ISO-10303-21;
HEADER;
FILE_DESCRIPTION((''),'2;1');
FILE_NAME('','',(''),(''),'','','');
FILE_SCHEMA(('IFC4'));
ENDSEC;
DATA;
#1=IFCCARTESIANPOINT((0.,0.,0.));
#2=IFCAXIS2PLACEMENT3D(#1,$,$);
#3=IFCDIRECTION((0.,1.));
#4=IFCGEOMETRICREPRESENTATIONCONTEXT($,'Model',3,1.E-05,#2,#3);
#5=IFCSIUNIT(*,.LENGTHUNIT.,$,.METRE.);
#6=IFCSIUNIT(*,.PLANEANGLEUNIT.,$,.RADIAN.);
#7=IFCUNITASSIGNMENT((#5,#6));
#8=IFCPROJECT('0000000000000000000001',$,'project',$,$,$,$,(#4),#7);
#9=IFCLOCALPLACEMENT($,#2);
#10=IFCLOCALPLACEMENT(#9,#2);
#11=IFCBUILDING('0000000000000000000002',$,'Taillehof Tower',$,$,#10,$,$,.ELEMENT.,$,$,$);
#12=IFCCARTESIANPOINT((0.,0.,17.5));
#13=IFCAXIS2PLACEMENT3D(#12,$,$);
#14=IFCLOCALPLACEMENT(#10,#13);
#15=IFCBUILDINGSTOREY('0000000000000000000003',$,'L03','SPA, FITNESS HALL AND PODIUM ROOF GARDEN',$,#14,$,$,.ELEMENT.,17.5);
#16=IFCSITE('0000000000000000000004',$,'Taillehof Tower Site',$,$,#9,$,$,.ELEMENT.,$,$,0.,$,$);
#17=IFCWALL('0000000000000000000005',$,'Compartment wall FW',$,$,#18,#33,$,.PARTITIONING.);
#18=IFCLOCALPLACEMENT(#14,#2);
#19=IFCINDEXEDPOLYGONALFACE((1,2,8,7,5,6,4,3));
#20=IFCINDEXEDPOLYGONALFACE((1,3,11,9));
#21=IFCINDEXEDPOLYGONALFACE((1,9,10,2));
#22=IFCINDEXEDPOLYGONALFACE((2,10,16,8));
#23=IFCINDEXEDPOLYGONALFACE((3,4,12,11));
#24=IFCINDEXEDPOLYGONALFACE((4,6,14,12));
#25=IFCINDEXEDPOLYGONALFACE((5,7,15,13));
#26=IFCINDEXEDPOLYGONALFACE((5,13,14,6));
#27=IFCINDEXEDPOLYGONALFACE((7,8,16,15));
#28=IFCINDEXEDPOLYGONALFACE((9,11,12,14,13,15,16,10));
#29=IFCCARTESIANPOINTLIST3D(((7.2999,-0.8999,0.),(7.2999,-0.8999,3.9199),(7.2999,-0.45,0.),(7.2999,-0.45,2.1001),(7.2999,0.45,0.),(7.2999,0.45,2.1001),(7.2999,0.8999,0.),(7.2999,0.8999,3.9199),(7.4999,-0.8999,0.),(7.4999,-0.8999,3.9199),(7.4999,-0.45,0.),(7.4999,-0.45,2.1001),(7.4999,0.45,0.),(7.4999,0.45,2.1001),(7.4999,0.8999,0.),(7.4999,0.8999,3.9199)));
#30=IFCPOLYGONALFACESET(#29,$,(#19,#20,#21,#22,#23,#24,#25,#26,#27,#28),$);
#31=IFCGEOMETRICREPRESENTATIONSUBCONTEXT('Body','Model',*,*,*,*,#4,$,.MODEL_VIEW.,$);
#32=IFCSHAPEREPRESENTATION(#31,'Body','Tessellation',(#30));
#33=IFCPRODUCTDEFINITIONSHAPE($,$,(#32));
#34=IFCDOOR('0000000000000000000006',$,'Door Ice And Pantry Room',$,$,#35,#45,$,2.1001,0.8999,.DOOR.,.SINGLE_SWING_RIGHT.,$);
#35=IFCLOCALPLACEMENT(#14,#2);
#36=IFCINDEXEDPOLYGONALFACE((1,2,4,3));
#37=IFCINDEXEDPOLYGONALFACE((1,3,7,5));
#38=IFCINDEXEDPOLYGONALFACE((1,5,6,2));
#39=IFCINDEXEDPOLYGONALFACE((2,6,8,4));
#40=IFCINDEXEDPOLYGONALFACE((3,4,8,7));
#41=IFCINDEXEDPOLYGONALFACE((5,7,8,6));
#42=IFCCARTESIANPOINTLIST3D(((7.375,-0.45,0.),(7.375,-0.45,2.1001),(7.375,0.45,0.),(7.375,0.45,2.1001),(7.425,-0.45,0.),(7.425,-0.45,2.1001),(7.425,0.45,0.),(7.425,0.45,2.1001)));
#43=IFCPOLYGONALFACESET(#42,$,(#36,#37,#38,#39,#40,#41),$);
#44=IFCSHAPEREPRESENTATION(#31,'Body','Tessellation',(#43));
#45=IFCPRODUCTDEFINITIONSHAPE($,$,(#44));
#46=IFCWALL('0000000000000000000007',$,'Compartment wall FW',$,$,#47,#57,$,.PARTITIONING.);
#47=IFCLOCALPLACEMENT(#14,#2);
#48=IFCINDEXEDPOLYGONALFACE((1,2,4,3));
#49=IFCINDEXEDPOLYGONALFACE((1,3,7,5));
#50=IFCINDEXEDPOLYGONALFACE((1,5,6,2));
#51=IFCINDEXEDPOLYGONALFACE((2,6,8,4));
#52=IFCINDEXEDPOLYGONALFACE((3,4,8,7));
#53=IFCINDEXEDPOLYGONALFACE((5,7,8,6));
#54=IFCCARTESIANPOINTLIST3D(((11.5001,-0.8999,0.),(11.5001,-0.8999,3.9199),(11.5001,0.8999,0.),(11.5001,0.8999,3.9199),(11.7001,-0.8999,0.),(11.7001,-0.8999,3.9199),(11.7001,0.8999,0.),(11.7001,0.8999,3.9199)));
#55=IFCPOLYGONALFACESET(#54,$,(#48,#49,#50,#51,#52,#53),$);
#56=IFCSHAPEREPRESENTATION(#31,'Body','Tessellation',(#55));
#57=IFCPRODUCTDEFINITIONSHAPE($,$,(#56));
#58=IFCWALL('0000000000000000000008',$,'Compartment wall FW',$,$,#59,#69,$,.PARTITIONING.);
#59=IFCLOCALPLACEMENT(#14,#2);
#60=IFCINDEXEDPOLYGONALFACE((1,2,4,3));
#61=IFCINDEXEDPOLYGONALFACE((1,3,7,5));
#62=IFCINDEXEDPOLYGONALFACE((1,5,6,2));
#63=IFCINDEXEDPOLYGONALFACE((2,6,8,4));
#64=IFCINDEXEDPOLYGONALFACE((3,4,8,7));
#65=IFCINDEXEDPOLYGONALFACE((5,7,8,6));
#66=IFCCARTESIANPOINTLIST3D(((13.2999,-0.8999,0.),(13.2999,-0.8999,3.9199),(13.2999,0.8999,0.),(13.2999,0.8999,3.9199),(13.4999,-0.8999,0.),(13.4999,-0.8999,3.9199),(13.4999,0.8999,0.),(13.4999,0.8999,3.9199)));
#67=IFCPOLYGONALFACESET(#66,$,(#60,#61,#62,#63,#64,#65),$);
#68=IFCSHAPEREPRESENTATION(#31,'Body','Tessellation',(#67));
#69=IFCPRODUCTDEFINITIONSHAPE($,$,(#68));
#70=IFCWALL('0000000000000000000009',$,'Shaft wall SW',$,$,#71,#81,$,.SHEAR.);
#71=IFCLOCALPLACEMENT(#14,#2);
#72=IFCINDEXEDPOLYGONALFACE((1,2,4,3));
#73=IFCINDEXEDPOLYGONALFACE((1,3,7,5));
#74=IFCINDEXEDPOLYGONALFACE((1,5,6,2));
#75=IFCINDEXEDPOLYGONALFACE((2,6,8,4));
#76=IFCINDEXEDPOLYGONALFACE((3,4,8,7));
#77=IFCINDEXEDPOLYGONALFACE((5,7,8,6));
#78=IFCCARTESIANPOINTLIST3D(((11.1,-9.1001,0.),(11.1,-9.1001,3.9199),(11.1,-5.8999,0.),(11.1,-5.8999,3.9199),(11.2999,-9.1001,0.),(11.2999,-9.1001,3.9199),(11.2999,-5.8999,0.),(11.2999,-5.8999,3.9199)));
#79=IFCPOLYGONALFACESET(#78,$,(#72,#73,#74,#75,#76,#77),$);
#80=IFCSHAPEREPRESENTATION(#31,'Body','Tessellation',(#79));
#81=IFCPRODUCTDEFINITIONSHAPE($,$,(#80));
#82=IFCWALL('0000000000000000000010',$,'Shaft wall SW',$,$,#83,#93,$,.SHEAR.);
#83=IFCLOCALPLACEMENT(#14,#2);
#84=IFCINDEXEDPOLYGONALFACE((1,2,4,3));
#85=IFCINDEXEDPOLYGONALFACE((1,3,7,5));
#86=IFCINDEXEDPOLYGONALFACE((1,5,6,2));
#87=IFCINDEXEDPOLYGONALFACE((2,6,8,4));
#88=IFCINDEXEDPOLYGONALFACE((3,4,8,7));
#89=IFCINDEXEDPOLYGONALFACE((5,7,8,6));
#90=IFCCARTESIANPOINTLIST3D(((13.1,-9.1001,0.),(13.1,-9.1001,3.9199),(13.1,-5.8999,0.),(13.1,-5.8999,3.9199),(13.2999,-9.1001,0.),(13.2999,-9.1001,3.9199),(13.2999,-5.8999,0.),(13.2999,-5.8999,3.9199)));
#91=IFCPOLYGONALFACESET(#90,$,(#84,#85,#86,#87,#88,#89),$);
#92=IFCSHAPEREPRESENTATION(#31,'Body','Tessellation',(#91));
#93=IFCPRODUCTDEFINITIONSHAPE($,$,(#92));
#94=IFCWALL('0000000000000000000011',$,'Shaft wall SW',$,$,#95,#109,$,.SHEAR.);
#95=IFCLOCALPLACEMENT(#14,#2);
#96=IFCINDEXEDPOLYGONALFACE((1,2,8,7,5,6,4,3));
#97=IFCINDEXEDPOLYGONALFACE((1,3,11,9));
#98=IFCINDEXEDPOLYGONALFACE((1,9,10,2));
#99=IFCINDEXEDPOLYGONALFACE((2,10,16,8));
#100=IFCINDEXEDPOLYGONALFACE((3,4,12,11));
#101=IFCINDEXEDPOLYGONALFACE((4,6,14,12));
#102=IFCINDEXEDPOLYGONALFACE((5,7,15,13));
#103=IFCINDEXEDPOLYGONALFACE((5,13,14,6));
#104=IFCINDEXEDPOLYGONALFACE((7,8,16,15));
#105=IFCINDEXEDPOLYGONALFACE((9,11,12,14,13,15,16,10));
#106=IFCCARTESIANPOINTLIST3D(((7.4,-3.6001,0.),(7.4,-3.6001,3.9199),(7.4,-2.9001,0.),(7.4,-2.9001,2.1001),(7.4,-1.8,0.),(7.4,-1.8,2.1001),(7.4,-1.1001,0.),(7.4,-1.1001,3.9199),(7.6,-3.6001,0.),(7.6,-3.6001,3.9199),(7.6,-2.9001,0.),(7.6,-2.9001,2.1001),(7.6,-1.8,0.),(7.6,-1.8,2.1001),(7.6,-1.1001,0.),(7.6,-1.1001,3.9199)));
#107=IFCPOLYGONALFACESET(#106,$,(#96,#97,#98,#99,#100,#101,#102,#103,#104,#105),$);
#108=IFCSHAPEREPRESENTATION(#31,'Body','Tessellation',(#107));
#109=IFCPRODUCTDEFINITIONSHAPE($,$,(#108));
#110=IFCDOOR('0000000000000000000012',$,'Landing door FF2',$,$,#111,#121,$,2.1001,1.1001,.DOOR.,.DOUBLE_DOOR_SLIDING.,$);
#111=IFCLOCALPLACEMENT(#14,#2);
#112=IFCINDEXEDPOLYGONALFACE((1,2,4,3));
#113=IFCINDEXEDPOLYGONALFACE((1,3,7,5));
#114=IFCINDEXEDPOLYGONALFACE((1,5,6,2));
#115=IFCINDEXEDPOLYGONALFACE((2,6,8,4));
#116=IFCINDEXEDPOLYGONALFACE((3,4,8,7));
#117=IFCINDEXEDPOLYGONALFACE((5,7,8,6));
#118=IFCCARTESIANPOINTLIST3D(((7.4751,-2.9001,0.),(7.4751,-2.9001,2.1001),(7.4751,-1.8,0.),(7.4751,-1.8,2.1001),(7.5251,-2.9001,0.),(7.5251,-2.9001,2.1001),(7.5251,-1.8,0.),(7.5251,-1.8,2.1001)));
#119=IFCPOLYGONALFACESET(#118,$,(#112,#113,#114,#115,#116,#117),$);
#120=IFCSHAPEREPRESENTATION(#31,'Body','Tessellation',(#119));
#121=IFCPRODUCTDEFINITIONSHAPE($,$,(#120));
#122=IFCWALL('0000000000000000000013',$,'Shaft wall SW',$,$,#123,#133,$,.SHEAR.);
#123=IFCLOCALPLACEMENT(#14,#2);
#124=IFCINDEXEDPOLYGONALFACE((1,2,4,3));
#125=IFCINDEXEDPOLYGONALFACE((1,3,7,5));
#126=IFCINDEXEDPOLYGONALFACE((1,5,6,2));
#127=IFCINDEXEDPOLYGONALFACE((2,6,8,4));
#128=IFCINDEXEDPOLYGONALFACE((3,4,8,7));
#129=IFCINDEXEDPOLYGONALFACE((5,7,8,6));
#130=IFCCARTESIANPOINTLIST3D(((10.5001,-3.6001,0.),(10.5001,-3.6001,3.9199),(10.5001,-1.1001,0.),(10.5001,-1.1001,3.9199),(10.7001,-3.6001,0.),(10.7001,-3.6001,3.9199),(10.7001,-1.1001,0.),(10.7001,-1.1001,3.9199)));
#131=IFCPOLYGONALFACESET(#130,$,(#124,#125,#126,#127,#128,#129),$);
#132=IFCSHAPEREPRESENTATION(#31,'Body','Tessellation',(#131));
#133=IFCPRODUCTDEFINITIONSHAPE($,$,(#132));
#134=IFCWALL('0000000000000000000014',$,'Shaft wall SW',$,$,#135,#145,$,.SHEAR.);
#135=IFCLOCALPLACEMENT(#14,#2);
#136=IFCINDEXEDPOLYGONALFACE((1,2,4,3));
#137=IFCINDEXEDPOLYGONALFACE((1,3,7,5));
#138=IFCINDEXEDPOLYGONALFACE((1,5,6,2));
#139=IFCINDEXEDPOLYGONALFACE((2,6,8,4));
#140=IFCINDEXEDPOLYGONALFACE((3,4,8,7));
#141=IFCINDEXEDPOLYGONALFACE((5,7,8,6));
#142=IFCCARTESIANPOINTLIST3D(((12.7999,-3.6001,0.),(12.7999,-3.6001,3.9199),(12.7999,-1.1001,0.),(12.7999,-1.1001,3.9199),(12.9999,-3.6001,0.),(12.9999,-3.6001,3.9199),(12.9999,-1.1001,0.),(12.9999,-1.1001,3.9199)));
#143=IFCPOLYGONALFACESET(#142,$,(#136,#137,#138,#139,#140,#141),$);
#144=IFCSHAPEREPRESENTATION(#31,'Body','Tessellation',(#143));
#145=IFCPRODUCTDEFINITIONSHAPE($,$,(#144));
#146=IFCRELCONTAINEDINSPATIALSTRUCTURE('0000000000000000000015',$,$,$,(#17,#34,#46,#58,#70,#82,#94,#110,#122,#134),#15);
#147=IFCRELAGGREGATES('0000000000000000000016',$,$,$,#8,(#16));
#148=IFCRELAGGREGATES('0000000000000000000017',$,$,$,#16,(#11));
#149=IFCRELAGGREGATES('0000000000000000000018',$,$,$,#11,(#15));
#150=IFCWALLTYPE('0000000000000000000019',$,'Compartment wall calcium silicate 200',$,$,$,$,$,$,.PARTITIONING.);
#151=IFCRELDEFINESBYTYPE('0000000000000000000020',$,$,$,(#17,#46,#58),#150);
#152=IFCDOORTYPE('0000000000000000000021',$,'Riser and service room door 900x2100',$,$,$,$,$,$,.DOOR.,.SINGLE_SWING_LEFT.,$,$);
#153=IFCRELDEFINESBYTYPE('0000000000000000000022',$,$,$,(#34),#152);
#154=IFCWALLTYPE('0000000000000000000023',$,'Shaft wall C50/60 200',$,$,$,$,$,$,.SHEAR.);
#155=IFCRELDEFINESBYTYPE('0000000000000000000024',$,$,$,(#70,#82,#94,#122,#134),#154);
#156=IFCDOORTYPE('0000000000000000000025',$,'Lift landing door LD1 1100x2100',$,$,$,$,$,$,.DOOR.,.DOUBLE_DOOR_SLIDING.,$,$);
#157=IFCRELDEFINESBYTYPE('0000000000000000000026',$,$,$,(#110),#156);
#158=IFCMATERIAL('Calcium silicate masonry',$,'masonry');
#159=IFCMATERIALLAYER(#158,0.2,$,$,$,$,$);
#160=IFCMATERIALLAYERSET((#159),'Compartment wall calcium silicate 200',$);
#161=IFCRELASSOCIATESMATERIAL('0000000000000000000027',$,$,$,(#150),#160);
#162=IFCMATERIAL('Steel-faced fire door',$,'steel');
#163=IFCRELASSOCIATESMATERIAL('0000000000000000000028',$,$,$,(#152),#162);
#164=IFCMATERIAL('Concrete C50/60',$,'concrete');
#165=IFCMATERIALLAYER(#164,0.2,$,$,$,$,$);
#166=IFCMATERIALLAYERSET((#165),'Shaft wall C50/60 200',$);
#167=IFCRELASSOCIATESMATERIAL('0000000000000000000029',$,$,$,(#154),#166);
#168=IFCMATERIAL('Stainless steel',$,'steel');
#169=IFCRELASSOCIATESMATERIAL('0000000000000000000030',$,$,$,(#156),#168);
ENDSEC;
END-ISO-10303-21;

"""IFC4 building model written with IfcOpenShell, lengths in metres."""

from ifc_helpers import new_model, si_unit, direction, frame, frame_2d, origin, place, context, subcontext, project, spatial, rectangle, extrude, material, layer, layer_set, type_object, element, fill, save


model = new_model("IFC4")

# Units and contexts
model_context = context("Model", 3, precision=1e-05, world=origin(), true_north=direction((0.0, 1.0)))
body_context = subcontext(model_context, "Body", "Model", "MODEL_VIEW")
ifc_project = project(units=[si_unit("LENGTHUNIT", "METRE"), si_unit("PLANEANGLEUNIT", "RADIAN")], contexts=[model_context])

# Site, building, storey
site_placement = place(None, origin())
site = spatial("IfcSite", under=ifc_project, at=site_placement, Name="Taillehof Tower Site", CompositionType="ELEMENT", RefElevation=0.0)
building_placement = place(site_placement, origin())
building = spatial("IfcBuilding", under=site, at=building_placement, Name="Taillehof Tower", CompositionType="ELEMENT")
storey_placement = place(building_placement, frame((0.0, 0.0, 17.5)))
storey = spatial("IfcBuildingStorey", under=building, at=storey_placement, Name="L03", Description="SPA, FITNESS HALL AND PODIUM ROOF GARDEN", CompositionType="ELEMENT", Elevation=17.5)

# Wall, opening, door
ifc_material_1 = material(Name="Calcium silicate masonry", Category="masonry")
ifc_layer_1 = layer(ifc_material_1, 0.2)
ifc_layer_set_1 = layer_set([ifc_layer_1], Name="Compartment wall calcium silicate 200")
wall_type_1 = type_object("IfcWallType", Name="Compartment wall calcium silicate 200", PredefinedType="PARTITIONING", material=ifc_layer_set_1)
wall_1_placement = place(storey_placement, frame((7.3999, -0.8999, 0.0), z_axis=(0.0, 0.0, 1.0), x_axis=(0.0, 1.0, 0.0)))
wall_1 = element("IfcWall", 1, at=wall_1_placement, inside=storey, type_object=wall_type_1, Name="Compartment wall FW", PredefinedType="PARTITIONING", context=body_context, shape_type="SweptSolid", body=[
    extrude(rectangle(XDim=1.7998, YDim=0.2, at=frame_2d((0.8999, 0.0))), origin(), (0.0, 0.0, 1.0), 3.9199),
])
opening_1_placement = place(wall_1_placement, frame((0.45, 0.0, 0.0)))
opening_1 = element("IfcOpeningElement", 2, at=opening_1_placement, cuts=wall_1, PredefinedType="OPENING", context=body_context, shape_type="SweptSolid", body=[
    extrude(rectangle(XDim=0.8999, YDim=2.1001, at=frame_2d((0.45, 1.05))), frame((0.0, 0.1099, 0.0), z_axis=(0.0, -1.0, 0.0), x_axis=(1.0, 0.0, 0.0)), (0.0, 0.0, 1.0), 0.22),
])
ifc_material_2 = material(Name="Steel-faced fire door", Category="steel")
door_type_1 = type_object("IfcDoorType", Name="Riser and service room door 900x2100", OperationType="SINGLE_SWING_LEFT", PredefinedType="DOOR", material=ifc_material_2)
door_1_placement = place(opening_1_placement, origin())
door_1 = element("IfcDoor", 3, at=door_1_placement, inside=storey, type_object=door_type_1, Name="Door Ice And Pantry Room", OperationType="SINGLE_SWING_RIGHT", OverallHeight=2.1001, OverallWidth=0.8999, PredefinedType="DOOR", context=body_context, shape_type="SweptSolid", body=[
    extrude(rectangle(XDim=0.8999, YDim=2.1001, at=frame_2d((0.45, 1.05))), frame((0.0, 0.0249, 0.0), z_axis=(0.0, -1.0, 0.0), x_axis=(1.0, 0.0, 0.0)), (0.0, 0.0, 1.0), 0.05),
])
fill(opening_1, door_1)

# Walls
for number, where, z_axis, x_axis, name in (
    (4, (11.6001, -0.8999, 0.0), (0.0, 0.0, 1.0), (0.0, 1.0, 0.0), "Compartment wall FW"),
    (5, (13.3999, -0.8999, 0.0), (0.0, 0.0, 1.0), (0.0, 1.0, 0.0), "Compartment wall FW"),
):
    element("IfcWall", number, at=place(storey_placement, frame(where, z_axis=z_axis, x_axis=x_axis)), inside=storey, type_object=wall_type_1, Name=name, PredefinedType="PARTITIONING", context=body_context, shape_type="SweptSolid", body=[
        extrude(rectangle(XDim=1.7998, YDim=0.2, at=frame_2d((0.8999, 0.0))), origin(), (0.0, 0.0, 1.0), 3.9199),
    ])
ifc_material_3 = material(Name="Concrete C50/60", Category="concrete")
ifc_layer_2 = layer(ifc_material_3, 0.2)
ifc_layer_set_2 = layer_set([ifc_layer_2], Name="Shaft wall C50/60 200")
wall_type_2 = type_object("IfcWallType", Name="Shaft wall C50/60 200", PredefinedType="SHEAR", material=ifc_layer_set_2)
for number, where, z_axis, x_axis, name in (
    (6, (11.2, -9.1001, 0.0), (0.0, 0.0, 1.0), (0.0, 1.0, 0.0), "Shaft wall SW"),
    (7, (13.2, -9.1001, 0.0), (0.0, 0.0, 1.0), (0.0, 1.0, 0.0), "Shaft wall SW"),
):
    element("IfcWall", number, at=place(storey_placement, frame(where, z_axis=z_axis, x_axis=x_axis)), inside=storey, type_object=wall_type_2, Name=name, PredefinedType="SHEAR", context=body_context, shape_type="SweptSolid", body=[
        extrude(rectangle(XDim=3.2002, YDim=0.2, at=frame_2d((1.6001, 0.0))), origin(), (0.0, 0.0, 1.0), 3.9199),
    ])

# Wall, opening, door
wall_2_placement = place(storey_placement, frame((7.5, -3.6001, 0.0), z_axis=(0.0, 0.0, 1.0), x_axis=(0.0, 1.0, 0.0)))
wall_2 = element("IfcWall", 8, at=wall_2_placement, inside=storey, type_object=wall_type_2, Name="Shaft wall SW", PredefinedType="SHEAR", context=body_context, shape_type="SweptSolid", body=[
    extrude(rectangle(XDim=2.5, YDim=0.2, at=frame_2d((1.25, 0.0))), origin(), (0.0, 0.0, 1.0), 3.9199),
])
opening_2_placement = place(wall_2_placement, frame((0.7, 0.0, 0.0)))
opening_2 = element("IfcOpeningElement", 9, at=opening_2_placement, cuts=wall_2, PredefinedType="OPENING", context=body_context, shape_type="SweptSolid", body=[
    extrude(rectangle(XDim=1.1001, YDim=2.1001, at=frame_2d((0.55, 1.05))), frame((0.0, 0.1099, 0.0), z_axis=(0.0, -1.0, 0.0), x_axis=(1.0, 0.0, 0.0)), (0.0, 0.0, 1.0), 0.22),
])
ifc_material_4 = material(Name="Stainless steel", Category="steel")
door_type_2 = type_object("IfcDoorType", Name="Lift landing door LD1 1100x2100", OperationType="DOUBLE_DOOR_SLIDING", PredefinedType="DOOR", material=ifc_material_4)
door_2_placement = place(opening_2_placement, origin())
door_2 = element("IfcDoor", 10, at=door_2_placement, inside=storey, type_object=door_type_2, Name="Landing door FF2", OperationType="DOUBLE_DOOR_SLIDING", OverallHeight=2.1001, OverallWidth=1.1001, PredefinedType="DOOR", context=body_context, shape_type="SweptSolid", body=[
    extrude(rectangle(XDim=1.1001, YDim=2.1001, at=frame_2d((0.55, 1.05))), frame((0.0, 0.0249, 0.0), z_axis=(0.0, -1.0, 0.0), x_axis=(1.0, 0.0, 0.0)), (0.0, 0.0, 1.0), 0.05),
])
fill(opening_2, door_2)

# Walls
for number, where, z_axis, x_axis, name in (
    (11, (10.6001, -3.6001, 0.0), (0.0, 0.0, 1.0), (0.0, 1.0, 0.0), "Shaft wall SW"),
    (12, (12.8999, -3.6001, 0.0), (0.0, 0.0, 1.0), (0.0, 1.0, 0.0), "Shaft wall SW"),
):
    element("IfcWall", number, at=place(storey_placement, frame(where, z_axis=z_axis, x_axis=x_axis)), inside=storey, type_object=wall_type_2, Name=name, PredefinedType="SHEAR", context=body_context, shape_type="SweptSolid", body=[
        extrude(rectangle(XDim=2.5, YDim=0.2, at=frame_2d((1.25, 0.0))), origin(), (0.0, 0.0, 1.0), 3.9199),
    ])

save(model, "model.ifc")
